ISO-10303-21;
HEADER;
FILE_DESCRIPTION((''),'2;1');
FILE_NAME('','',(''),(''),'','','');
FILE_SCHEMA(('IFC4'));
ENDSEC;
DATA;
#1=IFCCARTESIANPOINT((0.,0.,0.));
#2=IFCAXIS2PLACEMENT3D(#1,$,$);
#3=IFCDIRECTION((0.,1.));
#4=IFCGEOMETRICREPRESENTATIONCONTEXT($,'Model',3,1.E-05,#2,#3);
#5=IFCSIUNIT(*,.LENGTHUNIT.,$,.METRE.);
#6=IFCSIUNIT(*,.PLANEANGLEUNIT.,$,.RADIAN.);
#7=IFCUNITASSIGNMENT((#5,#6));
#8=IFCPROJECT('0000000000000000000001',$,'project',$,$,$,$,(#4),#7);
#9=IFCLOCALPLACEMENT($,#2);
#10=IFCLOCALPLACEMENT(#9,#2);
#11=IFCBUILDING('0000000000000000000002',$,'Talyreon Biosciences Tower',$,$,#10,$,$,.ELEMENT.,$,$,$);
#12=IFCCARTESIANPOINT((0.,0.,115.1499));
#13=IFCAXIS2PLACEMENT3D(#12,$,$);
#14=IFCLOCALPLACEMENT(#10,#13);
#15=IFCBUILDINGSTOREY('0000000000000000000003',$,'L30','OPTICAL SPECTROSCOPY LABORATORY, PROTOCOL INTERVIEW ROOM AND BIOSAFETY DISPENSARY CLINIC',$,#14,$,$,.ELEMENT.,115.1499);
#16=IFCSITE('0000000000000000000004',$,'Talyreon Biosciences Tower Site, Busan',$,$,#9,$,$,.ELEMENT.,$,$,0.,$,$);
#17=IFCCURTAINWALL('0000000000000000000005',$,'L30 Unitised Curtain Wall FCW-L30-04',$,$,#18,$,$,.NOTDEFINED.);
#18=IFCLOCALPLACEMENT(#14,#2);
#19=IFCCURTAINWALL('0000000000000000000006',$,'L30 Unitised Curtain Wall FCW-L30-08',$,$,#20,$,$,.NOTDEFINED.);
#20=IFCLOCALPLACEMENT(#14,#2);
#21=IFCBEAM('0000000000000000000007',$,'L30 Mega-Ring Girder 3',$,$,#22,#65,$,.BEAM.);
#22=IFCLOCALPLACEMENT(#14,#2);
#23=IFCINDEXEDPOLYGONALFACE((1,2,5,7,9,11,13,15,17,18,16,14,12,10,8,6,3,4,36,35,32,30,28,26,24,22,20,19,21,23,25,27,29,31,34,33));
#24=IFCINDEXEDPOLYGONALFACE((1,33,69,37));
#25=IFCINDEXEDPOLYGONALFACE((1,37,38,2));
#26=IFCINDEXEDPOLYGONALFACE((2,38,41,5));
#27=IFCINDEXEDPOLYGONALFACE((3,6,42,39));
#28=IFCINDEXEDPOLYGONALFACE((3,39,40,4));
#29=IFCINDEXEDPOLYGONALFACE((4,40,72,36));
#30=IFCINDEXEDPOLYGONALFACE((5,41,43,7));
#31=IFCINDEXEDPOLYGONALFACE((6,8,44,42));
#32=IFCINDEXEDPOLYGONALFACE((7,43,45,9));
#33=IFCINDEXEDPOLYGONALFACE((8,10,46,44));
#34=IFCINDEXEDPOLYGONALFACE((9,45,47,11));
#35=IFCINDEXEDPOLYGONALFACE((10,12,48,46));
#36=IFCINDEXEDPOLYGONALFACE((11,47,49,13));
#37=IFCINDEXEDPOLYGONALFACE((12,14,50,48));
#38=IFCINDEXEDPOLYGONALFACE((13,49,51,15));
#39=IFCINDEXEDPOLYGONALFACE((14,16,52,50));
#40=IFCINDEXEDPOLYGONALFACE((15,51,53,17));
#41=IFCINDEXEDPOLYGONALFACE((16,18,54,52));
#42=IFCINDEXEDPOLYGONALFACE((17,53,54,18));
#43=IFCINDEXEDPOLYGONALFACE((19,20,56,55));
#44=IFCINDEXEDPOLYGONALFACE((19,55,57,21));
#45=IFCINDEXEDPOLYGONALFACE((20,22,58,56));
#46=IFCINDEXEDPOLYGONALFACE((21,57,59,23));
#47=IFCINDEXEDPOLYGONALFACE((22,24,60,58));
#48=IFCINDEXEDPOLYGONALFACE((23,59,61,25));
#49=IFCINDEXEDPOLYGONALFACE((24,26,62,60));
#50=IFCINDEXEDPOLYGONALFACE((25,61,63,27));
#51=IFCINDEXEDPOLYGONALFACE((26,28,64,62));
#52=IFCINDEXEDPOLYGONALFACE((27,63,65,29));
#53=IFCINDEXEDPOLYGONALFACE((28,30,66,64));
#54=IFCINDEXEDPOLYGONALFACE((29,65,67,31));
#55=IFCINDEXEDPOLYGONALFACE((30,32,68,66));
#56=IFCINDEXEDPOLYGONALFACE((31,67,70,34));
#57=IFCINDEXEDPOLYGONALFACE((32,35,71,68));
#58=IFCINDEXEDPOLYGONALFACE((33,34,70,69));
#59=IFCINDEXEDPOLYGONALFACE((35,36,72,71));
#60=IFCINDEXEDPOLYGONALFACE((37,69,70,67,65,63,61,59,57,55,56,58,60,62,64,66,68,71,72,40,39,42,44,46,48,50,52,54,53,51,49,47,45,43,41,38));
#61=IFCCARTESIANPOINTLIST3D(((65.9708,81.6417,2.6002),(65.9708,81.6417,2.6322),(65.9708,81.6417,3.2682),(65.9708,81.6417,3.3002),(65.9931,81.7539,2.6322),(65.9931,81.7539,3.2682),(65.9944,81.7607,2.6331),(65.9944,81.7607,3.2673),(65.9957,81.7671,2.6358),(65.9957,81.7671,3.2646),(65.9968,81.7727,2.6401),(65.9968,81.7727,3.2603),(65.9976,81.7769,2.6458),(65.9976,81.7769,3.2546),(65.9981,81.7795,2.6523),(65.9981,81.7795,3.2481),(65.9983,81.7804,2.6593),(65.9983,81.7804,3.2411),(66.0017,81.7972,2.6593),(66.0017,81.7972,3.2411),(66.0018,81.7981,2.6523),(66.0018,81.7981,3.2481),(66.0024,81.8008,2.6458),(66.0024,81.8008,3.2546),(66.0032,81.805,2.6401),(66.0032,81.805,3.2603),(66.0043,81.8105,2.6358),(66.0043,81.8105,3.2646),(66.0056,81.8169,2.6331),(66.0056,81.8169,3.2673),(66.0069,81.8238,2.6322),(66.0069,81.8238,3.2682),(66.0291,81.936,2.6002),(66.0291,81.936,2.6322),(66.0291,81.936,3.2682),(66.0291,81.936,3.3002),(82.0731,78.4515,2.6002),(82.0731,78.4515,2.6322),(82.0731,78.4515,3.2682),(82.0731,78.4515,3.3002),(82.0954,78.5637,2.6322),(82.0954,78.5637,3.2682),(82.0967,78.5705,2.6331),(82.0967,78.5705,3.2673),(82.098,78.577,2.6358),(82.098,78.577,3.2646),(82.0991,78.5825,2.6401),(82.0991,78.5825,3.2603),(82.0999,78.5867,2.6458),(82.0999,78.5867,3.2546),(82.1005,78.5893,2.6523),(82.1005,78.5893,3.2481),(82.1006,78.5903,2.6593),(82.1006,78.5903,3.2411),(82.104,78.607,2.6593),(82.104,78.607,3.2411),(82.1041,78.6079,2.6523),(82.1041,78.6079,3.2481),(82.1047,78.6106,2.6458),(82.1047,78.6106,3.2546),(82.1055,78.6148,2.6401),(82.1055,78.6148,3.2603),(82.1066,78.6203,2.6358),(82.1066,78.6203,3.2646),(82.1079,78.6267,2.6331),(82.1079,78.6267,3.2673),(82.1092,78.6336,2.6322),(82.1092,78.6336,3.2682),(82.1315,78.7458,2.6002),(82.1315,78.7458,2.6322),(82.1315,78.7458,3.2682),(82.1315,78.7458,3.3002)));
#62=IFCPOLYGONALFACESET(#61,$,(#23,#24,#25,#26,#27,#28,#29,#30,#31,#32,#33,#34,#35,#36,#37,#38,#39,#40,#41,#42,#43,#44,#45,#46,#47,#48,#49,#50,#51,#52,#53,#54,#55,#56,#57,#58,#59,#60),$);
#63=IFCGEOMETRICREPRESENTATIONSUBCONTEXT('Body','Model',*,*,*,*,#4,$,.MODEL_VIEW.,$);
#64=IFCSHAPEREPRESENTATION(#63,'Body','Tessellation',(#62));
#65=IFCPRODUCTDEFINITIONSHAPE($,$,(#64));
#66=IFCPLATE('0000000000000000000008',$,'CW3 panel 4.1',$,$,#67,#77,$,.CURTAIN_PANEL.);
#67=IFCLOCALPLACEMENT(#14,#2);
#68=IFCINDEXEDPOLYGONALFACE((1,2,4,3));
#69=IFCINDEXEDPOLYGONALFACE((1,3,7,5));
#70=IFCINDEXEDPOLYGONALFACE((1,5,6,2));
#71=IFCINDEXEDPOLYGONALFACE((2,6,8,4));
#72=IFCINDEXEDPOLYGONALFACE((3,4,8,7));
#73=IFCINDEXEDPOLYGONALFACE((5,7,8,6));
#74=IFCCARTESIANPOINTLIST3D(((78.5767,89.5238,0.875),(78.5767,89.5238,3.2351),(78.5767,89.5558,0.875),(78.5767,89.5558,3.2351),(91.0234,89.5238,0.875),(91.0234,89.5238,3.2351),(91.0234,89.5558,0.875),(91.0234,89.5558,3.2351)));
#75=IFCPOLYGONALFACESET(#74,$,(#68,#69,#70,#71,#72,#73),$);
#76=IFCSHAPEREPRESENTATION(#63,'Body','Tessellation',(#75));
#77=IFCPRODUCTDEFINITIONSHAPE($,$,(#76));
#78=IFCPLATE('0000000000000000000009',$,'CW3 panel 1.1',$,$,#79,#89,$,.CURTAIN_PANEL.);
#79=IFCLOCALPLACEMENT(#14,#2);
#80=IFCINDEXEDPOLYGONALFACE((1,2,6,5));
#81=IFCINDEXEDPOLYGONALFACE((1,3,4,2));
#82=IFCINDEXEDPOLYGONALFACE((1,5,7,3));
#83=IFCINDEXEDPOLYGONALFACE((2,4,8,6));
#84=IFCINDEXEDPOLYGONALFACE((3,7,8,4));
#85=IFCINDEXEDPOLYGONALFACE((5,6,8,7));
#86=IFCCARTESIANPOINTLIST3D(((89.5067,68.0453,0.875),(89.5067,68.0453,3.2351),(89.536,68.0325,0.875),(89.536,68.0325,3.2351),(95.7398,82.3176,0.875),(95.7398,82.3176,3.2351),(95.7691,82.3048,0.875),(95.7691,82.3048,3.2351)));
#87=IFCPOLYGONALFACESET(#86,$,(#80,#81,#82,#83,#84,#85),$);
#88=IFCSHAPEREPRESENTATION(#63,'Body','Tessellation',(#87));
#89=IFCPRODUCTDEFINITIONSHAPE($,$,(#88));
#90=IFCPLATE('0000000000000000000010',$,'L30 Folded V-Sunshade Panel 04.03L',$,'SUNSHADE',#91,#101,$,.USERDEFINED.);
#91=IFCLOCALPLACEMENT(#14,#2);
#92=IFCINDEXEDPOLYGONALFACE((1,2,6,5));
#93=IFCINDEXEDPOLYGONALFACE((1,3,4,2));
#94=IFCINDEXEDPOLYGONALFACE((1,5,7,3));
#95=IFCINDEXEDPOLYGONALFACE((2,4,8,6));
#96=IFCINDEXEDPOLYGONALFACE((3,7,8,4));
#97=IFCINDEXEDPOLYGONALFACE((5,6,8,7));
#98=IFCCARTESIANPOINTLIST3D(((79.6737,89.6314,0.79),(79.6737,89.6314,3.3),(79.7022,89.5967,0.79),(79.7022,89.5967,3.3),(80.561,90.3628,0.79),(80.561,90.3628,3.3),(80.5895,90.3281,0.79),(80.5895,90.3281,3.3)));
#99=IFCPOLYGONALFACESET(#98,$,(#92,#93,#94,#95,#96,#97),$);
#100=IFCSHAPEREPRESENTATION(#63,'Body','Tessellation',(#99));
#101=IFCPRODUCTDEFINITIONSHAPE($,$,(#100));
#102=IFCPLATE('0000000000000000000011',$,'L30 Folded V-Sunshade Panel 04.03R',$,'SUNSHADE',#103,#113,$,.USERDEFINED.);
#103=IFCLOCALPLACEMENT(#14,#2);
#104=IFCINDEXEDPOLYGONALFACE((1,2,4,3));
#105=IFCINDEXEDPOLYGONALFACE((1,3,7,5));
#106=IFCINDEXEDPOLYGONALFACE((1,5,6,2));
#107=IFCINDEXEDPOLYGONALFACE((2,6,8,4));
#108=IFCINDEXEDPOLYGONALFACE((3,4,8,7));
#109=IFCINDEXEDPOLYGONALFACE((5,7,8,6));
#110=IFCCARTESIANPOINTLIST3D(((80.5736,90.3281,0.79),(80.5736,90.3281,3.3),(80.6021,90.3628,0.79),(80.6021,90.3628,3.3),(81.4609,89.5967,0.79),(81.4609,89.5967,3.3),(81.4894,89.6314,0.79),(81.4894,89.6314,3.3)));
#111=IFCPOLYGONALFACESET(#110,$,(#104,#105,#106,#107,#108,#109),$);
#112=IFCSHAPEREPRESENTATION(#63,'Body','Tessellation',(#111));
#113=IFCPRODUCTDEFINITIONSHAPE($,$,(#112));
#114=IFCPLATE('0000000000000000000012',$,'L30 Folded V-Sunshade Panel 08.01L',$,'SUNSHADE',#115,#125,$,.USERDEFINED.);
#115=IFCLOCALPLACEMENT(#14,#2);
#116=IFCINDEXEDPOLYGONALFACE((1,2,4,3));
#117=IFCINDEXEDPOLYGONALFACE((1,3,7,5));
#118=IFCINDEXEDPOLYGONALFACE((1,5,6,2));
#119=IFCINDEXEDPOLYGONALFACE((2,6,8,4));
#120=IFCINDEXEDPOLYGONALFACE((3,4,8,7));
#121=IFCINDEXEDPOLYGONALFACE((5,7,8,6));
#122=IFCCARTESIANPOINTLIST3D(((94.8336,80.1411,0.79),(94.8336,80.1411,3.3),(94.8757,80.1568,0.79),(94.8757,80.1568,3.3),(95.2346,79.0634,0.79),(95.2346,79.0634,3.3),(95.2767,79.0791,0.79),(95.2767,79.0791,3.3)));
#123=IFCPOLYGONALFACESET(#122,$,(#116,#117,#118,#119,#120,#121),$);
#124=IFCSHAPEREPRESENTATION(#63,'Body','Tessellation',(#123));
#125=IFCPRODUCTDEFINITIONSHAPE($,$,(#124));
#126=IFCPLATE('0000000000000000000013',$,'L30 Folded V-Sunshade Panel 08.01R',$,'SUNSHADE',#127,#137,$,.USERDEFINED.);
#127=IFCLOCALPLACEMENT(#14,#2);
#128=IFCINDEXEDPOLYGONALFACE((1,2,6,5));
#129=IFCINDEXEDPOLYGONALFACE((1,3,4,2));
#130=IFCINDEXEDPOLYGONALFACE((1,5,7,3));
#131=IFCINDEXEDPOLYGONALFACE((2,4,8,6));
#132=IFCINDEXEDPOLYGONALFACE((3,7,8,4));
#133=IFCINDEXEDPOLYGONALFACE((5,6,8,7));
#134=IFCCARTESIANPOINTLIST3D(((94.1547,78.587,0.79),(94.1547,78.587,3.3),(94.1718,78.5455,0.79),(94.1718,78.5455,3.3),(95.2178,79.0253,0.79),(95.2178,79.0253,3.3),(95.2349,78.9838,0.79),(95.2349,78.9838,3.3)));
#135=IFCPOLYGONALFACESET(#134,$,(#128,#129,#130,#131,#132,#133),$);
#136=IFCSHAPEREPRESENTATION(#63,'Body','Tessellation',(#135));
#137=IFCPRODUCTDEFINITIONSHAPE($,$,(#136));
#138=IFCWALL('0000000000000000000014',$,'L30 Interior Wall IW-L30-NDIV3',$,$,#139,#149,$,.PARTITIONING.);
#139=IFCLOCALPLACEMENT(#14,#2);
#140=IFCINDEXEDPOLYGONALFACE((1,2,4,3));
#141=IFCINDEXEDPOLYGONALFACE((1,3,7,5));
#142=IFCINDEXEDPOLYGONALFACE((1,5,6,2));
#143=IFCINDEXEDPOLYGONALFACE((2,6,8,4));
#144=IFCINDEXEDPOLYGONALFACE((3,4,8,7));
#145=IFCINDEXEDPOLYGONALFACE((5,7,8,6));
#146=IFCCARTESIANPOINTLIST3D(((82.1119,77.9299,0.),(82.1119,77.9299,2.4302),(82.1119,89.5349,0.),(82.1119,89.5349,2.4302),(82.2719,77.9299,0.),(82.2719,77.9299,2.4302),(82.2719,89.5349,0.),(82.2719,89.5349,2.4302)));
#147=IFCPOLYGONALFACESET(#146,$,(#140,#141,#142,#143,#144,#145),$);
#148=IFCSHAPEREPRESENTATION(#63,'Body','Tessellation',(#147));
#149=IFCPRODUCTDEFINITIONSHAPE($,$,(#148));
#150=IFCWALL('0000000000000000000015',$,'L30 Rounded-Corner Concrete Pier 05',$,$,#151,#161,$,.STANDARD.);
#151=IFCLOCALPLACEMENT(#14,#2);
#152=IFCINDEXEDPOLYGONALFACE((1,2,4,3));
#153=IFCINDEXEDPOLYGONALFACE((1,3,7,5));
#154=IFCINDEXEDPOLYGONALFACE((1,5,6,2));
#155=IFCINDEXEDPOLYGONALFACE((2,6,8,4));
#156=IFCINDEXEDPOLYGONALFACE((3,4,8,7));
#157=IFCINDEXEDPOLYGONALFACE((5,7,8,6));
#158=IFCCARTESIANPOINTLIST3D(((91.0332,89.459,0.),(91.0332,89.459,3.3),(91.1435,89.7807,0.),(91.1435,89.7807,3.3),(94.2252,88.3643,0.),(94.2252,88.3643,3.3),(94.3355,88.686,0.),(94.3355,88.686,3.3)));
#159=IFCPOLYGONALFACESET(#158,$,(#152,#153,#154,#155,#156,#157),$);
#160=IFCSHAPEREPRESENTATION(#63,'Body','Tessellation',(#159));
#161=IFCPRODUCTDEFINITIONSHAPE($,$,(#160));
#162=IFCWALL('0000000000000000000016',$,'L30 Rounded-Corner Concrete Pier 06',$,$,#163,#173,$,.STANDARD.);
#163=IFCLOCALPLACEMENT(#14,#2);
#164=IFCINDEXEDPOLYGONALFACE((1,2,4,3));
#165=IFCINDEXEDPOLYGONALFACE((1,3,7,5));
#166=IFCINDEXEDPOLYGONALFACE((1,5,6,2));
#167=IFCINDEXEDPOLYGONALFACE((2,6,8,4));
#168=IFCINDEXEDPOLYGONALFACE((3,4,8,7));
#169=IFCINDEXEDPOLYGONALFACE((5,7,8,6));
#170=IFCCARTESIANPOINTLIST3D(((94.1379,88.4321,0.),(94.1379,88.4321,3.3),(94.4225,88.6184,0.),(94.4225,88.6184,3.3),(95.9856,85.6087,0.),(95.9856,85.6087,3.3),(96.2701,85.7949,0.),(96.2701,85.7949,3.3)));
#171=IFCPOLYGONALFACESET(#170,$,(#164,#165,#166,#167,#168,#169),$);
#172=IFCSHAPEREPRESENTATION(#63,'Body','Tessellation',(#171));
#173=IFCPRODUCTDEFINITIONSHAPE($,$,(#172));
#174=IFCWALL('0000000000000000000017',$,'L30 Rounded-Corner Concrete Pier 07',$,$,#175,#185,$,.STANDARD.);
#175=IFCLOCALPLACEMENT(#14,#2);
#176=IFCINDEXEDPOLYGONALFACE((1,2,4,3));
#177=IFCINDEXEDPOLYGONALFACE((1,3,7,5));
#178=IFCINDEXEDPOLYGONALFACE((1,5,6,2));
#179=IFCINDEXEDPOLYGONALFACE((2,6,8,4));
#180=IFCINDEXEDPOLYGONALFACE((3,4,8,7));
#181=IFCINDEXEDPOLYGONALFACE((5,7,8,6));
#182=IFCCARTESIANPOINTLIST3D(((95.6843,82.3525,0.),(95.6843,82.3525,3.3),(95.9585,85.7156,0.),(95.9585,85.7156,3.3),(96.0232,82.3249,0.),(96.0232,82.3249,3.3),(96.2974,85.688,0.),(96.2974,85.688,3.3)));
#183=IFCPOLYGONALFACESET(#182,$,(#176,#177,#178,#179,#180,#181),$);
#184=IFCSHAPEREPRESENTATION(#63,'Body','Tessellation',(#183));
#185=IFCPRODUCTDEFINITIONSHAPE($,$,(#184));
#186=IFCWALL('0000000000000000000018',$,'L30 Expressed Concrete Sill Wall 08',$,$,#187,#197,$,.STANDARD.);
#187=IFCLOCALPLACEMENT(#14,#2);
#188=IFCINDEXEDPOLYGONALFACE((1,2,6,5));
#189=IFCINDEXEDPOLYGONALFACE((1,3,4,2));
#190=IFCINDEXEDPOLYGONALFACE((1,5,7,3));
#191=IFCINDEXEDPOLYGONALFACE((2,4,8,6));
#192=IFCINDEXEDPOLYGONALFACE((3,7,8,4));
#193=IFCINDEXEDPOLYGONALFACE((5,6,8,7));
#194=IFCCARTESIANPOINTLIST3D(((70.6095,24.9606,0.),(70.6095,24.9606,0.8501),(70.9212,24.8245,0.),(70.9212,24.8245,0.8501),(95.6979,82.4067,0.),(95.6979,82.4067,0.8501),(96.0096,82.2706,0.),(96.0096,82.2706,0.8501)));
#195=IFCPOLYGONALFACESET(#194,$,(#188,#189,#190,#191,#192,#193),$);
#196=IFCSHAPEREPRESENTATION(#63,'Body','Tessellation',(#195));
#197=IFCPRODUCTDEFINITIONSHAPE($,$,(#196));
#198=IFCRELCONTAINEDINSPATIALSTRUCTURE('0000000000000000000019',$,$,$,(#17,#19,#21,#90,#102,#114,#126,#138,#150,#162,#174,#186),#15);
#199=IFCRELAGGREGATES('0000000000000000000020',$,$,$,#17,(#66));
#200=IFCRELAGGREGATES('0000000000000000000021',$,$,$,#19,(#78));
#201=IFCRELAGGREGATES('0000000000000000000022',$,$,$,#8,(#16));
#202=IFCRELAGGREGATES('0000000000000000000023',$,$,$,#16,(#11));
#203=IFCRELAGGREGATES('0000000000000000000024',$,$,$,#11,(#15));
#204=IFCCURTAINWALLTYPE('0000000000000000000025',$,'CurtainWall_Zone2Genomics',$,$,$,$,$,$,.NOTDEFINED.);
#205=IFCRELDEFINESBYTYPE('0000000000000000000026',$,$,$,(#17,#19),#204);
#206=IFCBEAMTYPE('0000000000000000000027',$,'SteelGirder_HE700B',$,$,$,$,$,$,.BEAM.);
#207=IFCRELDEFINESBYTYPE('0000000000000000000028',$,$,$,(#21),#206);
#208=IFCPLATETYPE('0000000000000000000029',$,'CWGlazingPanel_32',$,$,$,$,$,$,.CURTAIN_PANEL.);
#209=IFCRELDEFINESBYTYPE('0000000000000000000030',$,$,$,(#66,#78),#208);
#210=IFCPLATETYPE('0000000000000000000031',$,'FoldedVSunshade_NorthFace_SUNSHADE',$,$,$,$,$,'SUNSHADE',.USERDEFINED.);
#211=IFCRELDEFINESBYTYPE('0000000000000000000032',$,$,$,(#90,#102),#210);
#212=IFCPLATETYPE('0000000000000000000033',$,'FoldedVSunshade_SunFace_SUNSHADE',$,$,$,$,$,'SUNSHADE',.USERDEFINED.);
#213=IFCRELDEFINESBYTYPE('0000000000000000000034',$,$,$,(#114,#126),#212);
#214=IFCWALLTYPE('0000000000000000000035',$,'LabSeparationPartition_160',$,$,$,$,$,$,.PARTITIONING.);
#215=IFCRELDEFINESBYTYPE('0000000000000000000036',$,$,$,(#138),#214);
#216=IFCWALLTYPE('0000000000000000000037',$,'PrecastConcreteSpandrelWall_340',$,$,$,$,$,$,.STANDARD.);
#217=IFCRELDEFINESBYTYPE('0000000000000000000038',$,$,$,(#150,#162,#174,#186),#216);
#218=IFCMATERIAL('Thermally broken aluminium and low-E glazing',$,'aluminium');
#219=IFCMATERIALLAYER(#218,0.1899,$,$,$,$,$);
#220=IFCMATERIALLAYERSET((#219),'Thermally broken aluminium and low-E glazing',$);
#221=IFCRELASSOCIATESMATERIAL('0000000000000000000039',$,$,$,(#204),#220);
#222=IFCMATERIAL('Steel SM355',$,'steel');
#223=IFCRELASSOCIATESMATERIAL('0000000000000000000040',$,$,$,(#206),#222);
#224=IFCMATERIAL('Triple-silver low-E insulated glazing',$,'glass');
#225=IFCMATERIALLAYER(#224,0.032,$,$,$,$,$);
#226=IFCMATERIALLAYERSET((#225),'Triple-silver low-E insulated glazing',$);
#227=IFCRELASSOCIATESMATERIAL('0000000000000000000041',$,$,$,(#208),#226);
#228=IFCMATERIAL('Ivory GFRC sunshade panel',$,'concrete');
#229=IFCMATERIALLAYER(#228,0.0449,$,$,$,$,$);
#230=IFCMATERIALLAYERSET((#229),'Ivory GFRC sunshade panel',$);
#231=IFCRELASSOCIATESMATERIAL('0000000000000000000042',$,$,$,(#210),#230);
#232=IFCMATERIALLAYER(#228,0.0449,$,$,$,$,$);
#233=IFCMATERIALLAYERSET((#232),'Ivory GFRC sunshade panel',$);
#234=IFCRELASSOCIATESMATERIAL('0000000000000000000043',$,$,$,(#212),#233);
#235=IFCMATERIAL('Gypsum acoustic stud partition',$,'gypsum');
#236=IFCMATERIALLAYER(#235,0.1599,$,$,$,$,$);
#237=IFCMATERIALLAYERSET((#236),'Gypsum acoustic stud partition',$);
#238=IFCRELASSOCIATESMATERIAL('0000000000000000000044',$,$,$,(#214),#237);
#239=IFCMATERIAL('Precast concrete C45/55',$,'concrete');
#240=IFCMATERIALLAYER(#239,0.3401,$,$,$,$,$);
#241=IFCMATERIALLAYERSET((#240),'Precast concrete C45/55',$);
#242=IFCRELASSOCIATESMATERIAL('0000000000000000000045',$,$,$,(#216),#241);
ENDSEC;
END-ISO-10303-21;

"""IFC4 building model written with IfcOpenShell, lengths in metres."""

from ifc_helpers import new_model, si_unit, direction, frame, frame_2d, origin, origin_2d, place, context, subcontext, project, spatial, rectangle, i_section, extrude, material, layer, layer_set, material_profile, profile_set, type_object, element, aggregate, save


model = new_model("IFC4")

# Units and contexts
model_context = context("Model", 3, precision=1e-05, world=origin(), true_north=direction((0.0, 1.0)))
body_context = subcontext(model_context, "Body", "Model", "MODEL_VIEW")
ifc_project = project(units=[si_unit("LENGTHUNIT", "METRE"), si_unit("PLANEANGLEUNIT", "RADIAN")], contexts=[model_context])

# Site, building, storey
site_placement = place(None, origin())
site = spatial("IfcSite", under=ifc_project, at=site_placement, Name="Talyreon Biosciences Tower Site, Busan", CompositionType="ELEMENT", RefElevation=0.0)
building_placement = place(site_placement, origin())
building = spatial("IfcBuilding", under=site, at=building_placement, Name="Talyreon Biosciences Tower", CompositionType="ELEMENT")
storey_placement = place(building_placement, frame((0.0, 0.0, 115.1499)))
storey = spatial("IfcBuildingStorey", under=building, at=storey_placement, Name="L30", Description="OPTICAL SPECTROSCOPY LABORATORY, PROTOCOL INTERVIEW ROOM AND BIOSAFETY DISPENSARY CLINIC", CompositionType="ELEMENT", Elevation=115.1499)

# Curtain wall
ifc_material_1 = material(Name="Thermally broken aluminium and low-E glazing", Category="aluminium")
ifc_layer_1 = layer(ifc_material_1, 0.1899)
ifc_layer_set_1 = layer_set([ifc_layer_1], Name="Thermally broken aluminium and low-E glazing")
curtain_wall_type = type_object("IfcCurtainWallType", Name="CurtainWall_Zone2Genomics", PredefinedType="NOTDEFINED", material=ifc_layer_set_1)
curtain_wall_1_placement = place(storey_placement, origin())
curtain_wall_1 = element("IfcCurtainWall", 1, at=curtain_wall_1_placement, inside=storey, type_object=curtain_wall_type, Name="L30 Unitised Curtain Wall FCW-L30-04", PredefinedType="NOTDEFINED")

# Curtain wall
curtain_wall_2_placement = place(storey_placement, origin())
curtain_wall_2 = element("IfcCurtainWall", 2, at=curtain_wall_2_placement, inside=storey, type_object=curtain_wall_type, Name="L30 Unitised Curtain Wall FCW-L30-08", PredefinedType="NOTDEFINED")

# Beam
ifc_material_2 = material(Name="Precast concrete C45/55", Category="concrete")
ifc_material_3 = material(Name="Steel SM355", Category="steel")
ifc_material_profile_1 = material_profile(ifc_material_3, i_section(OverallWidth=0.3, OverallDepth=0.7, WebThickness=0.0171, FlangeThickness=0.032, FilletRadius=0.0271, at=origin_2d()), Name="HE700B")
ifc_profile_set_1 = profile_set([ifc_material_profile_1], Name="Steel SM355")
beam_type_1 = type_object("IfcBeamType", Name="SteelGirder_HE700B", PredefinedType="BEAM", material=ifc_profile_set_1)
beam_1_placement = place(storey_placement, frame((82.1023, 78.5986, 2.9502), z_axis=(-0.980934, 0.194343, 0.0), x_axis=(-0.194343, -0.980934, 0.0)))
element("IfcBeam", 3, at=beam_1_placement, inside=storey, type_object=beam_type_1, Name="L30 Mega-Ring Girder 3", PredefinedType="BEAM", context=body_context, shape_type="SweptSolid", body=[
    extrude(i_section(OverallWidth=0.3, OverallDepth=0.7, WebThickness=0.0171, FlangeThickness=0.032, FilletRadius=0.0271, at=origin_2d()), origin(), (0.0, 0.0, 1.0), 16.4153),
])

# Plates
ifc_material_4 = material(Name="Triple-silver low-E insulated glazing", Category="glass")
ifc_layer_2 = layer(ifc_material_4, 0.032)
ifc_layer_set_2 = layer_set([ifc_layer_2], Name="Triple-silver low-E insulated glazing")
plate_type_1 = type_object("IfcPlateType", Name="CWGlazingPanel_32", PredefinedType="CURTAIN_PANEL", material=ifc_layer_set_2)
plate_1_placement = place(storey_placement, frame((84.8, 89.5398, 0.875), z_axis=(0.0, 0.0, 1.0), x_axis=(1.0, 0.0, 0.0)))
plate_1 = element("IfcPlate", 4, at=plate_1_placement, type_object=plate_type_1, Name="CW3 panel 4.1", PredefinedType="CURTAIN_PANEL", context=body_context, shape_type="SweptSolid", body=[
    extrude(rectangle(XDim=12.4468, YDim=0.032, at=origin_2d()), origin(), (0.0, 0.0, 1.0), 2.3601),
])
aggregate(curtain_wall_1, [plate_1])
plate_2_placement = place(storey_placement, frame((92.6379, 75.175, 0.875), z_axis=(0.0, 0.0, 1.0), x_axis=(-0.400226, -0.916416, 0.0)))
plate_2 = element("IfcPlate", 5, at=plate_2_placement, type_object=plate_type_1, Name="CW3 panel 1.1", PredefinedType="CURTAIN_PANEL", context=body_context, shape_type="SweptSolid", body=[
    extrude(rectangle(XDim=15.574, YDim=0.032, at=origin_2d()), origin(), (0.0, 0.0, 1.0), 2.3601),
])
aggregate(curtain_wall_2, [plate_2])

# Plates
ifc_material_5 = material(Name="Ivory GFRC sunshade panel", Category="concrete")
ifc_layer_3 = layer(ifc_material_5, 0.0449)
ifc_layer_set_3 = layer_set([ifc_layer_3], Name="Ivory GFRC sunshade panel")
plate_type_2 = type_object("IfcPlateType", Name="FoldedVSunshade_NorthFace_SUNSHADE", ElementType="SUNSHADE", PredefinedType="USERDEFINED", material=ifc_layer_set_3)
for number, where, z_axis, x_axis, name in (
    (6, (80.1316, 89.9797, 0.79), (0.0, 0.0, 1.0), (0.771625, 0.636078, 0.0), "L30 Folded V-Sunshade Panel 04.03L"),
    (7, (81.0315, 89.9797, 0.79), (0.0, 0.0, 1.0), (0.771625, -0.636078, 0.0), "L30 Folded V-Sunshade Panel 04.03R"),
):
    element("IfcPlate", number, at=place(storey_placement, frame(where, z_axis=z_axis, x_axis=x_axis)), inside=storey, type_object=plate_type_2, Name=name, ObjectType="SUNSHADE", PredefinedType="USERDEFINED", context=body_context, shape_type="SweptSolid", body=[
        extrude(rectangle(XDim=1.1499, YDim=0.0449, at=origin_2d()), origin(), (0.0, 0.0, 1.0), 2.51),
    ])
ifc_layer_4 = layer(ifc_material_5, 0.0449)
ifc_layer_set_4 = layer_set([ifc_layer_4], Name="Ivory GFRC sunshade panel")
plate_type_3 = type_object("IfcPlateType", Name="FoldedVSunshade_SunFace_SUNSHADE", ElementType="SUNSHADE", PredefinedType="USERDEFINED", material=ifc_layer_set_4)
for number, where, z_axis, x_axis, name in (
    (8, (95.0552, 79.6101, 0.79), (0.0, 0.0, 1.0), (0.348703, -0.937233, 0.0), "L30 Folded V-Sunshade Panel 08.01L"),
    (9, (94.6948, 78.7854, 0.79), (0.0, 0.0, 1.0), (-0.924493, -0.381199, 0.0), "L30 Folded V-Sunshade Panel 08.01R"),
):
    element("IfcPlate", number, at=place(storey_placement, frame(where, z_axis=z_axis, x_axis=x_axis)), inside=storey, type_object=plate_type_3, Name=name, ObjectType="SUNSHADE", PredefinedType="USERDEFINED", context=body_context, shape_type="SweptSolid", body=[
        extrude(rectangle(XDim=1.1499, YDim=0.0449, at=origin_2d()), origin(), (0.0, 0.0, 1.0), 2.51),
    ])

# Walls
ifc_material_6 = material(Name="Gypsum acoustic stud partition", Category="gypsum")
ifc_layer_5 = layer(ifc_material_6, 0.1599)
ifc_layer_set_5 = layer_set([ifc_layer_5], Name="Gypsum acoustic stud partition")
wall_type_1 = type_object("IfcWallType", Name="LabSeparationPartition_160", PredefinedType="PARTITIONING", material=ifc_layer_set_5)
wall_1_placement = place(storey_placement, frame((82.1919, 77.9299, 0.0), z_axis=(0.0, 0.0, 1.0), x_axis=(0.0, 1.0, 0.0)))
element("IfcWall", 10, at=wall_1_placement, inside=storey, type_object=wall_type_1, Name="L30 Interior Wall IW-L30-NDIV3", PredefinedType="PARTITIONING", context=body_context, shape_type="SweptSolid", body=[
    extrude(rectangle(XDim=11.605, YDim=0.1599, at=frame_2d((5.8025, 0.0))), origin(), (0.0, 0.0, 1.0), 2.4302),
])
ifc_layer_6 = layer(ifc_material_2, 0.3401)
ifc_layer_set_6 = layer_set([ifc_layer_6], Name="Precast concrete C45/55")
wall_type_2 = type_object("IfcWallType", Name="PrecastConcreteSpandrelWall_340", PredefinedType="STANDARD", material=ifc_layer_set_6)
wall_2_placement = place(storey_placement, frame((91.0884, 89.6199, 0.0), z_axis=(0.0, 0.0, 1.0), x_axis=(0.945913, -0.324421, 0.0)))
element("IfcWall", 11, at=wall_2_placement, inside=storey, type_object=wall_type_2, Name="L30 Rounded-Corner Concrete Pier 05", PredefinedType="STANDARD", context=body_context, shape_type="SweptSolid", body=[
    extrude(rectangle(XDim=3.3745, YDim=0.3401, at=frame_2d((1.6873, 0.0))), origin(), (0.0, 0.0, 1.0), 3.3),
])
for number, where, z_axis, x_axis, name in (
    (12, (94.2803, 88.5251, 0.0), (0.0, 0.0, 1.0), (0.547567, -0.836762, 0.0), "L30 Rounded-Corner Concrete Pier 06"),
    (13, (96.1279, 85.7017, 0.0), (0.0, 0.0, 1.0), (-0.081255, -0.996693, 0.0), "L30 Rounded-Corner Concrete Pier 07"),
):
    element("IfcWall", number, at=place(storey_placement, frame(where, z_axis=z_axis, x_axis=x_axis)), inside=storey, type_object=wall_type_2, Name=name, PredefinedType="STANDARD", context=body_context, shape_type="SweptSolid", body=[
        extrude(rectangle(XDim=3.3743, YDim=0.3401, at=frame_2d((1.687, 0.0))), origin(), (0.0, 0.0, 1.0), 3.3),
    ])
wall_3_placement = place(storey_placement, frame((95.8538, 82.3386, 0.0), z_axis=(0.0, 0.0, 1.0), x_axis=(-0.400226, -0.916416, 0.0)))
element("IfcWall", 14, at=wall_3_placement, inside=storey, type_object=wall_type_2, Name="L30 Expressed Concrete Sill Wall 08", PredefinedType="STANDARD", context=body_context, shape_type="SweptSolid", body=[
    extrude(rectangle(XDim=62.6855, YDim=0.3401, at=frame_2d((31.3428, 0.0))), origin(), (0.0, 0.0, 1.0), 0.8501),
])

save(model, "model.ifc")
